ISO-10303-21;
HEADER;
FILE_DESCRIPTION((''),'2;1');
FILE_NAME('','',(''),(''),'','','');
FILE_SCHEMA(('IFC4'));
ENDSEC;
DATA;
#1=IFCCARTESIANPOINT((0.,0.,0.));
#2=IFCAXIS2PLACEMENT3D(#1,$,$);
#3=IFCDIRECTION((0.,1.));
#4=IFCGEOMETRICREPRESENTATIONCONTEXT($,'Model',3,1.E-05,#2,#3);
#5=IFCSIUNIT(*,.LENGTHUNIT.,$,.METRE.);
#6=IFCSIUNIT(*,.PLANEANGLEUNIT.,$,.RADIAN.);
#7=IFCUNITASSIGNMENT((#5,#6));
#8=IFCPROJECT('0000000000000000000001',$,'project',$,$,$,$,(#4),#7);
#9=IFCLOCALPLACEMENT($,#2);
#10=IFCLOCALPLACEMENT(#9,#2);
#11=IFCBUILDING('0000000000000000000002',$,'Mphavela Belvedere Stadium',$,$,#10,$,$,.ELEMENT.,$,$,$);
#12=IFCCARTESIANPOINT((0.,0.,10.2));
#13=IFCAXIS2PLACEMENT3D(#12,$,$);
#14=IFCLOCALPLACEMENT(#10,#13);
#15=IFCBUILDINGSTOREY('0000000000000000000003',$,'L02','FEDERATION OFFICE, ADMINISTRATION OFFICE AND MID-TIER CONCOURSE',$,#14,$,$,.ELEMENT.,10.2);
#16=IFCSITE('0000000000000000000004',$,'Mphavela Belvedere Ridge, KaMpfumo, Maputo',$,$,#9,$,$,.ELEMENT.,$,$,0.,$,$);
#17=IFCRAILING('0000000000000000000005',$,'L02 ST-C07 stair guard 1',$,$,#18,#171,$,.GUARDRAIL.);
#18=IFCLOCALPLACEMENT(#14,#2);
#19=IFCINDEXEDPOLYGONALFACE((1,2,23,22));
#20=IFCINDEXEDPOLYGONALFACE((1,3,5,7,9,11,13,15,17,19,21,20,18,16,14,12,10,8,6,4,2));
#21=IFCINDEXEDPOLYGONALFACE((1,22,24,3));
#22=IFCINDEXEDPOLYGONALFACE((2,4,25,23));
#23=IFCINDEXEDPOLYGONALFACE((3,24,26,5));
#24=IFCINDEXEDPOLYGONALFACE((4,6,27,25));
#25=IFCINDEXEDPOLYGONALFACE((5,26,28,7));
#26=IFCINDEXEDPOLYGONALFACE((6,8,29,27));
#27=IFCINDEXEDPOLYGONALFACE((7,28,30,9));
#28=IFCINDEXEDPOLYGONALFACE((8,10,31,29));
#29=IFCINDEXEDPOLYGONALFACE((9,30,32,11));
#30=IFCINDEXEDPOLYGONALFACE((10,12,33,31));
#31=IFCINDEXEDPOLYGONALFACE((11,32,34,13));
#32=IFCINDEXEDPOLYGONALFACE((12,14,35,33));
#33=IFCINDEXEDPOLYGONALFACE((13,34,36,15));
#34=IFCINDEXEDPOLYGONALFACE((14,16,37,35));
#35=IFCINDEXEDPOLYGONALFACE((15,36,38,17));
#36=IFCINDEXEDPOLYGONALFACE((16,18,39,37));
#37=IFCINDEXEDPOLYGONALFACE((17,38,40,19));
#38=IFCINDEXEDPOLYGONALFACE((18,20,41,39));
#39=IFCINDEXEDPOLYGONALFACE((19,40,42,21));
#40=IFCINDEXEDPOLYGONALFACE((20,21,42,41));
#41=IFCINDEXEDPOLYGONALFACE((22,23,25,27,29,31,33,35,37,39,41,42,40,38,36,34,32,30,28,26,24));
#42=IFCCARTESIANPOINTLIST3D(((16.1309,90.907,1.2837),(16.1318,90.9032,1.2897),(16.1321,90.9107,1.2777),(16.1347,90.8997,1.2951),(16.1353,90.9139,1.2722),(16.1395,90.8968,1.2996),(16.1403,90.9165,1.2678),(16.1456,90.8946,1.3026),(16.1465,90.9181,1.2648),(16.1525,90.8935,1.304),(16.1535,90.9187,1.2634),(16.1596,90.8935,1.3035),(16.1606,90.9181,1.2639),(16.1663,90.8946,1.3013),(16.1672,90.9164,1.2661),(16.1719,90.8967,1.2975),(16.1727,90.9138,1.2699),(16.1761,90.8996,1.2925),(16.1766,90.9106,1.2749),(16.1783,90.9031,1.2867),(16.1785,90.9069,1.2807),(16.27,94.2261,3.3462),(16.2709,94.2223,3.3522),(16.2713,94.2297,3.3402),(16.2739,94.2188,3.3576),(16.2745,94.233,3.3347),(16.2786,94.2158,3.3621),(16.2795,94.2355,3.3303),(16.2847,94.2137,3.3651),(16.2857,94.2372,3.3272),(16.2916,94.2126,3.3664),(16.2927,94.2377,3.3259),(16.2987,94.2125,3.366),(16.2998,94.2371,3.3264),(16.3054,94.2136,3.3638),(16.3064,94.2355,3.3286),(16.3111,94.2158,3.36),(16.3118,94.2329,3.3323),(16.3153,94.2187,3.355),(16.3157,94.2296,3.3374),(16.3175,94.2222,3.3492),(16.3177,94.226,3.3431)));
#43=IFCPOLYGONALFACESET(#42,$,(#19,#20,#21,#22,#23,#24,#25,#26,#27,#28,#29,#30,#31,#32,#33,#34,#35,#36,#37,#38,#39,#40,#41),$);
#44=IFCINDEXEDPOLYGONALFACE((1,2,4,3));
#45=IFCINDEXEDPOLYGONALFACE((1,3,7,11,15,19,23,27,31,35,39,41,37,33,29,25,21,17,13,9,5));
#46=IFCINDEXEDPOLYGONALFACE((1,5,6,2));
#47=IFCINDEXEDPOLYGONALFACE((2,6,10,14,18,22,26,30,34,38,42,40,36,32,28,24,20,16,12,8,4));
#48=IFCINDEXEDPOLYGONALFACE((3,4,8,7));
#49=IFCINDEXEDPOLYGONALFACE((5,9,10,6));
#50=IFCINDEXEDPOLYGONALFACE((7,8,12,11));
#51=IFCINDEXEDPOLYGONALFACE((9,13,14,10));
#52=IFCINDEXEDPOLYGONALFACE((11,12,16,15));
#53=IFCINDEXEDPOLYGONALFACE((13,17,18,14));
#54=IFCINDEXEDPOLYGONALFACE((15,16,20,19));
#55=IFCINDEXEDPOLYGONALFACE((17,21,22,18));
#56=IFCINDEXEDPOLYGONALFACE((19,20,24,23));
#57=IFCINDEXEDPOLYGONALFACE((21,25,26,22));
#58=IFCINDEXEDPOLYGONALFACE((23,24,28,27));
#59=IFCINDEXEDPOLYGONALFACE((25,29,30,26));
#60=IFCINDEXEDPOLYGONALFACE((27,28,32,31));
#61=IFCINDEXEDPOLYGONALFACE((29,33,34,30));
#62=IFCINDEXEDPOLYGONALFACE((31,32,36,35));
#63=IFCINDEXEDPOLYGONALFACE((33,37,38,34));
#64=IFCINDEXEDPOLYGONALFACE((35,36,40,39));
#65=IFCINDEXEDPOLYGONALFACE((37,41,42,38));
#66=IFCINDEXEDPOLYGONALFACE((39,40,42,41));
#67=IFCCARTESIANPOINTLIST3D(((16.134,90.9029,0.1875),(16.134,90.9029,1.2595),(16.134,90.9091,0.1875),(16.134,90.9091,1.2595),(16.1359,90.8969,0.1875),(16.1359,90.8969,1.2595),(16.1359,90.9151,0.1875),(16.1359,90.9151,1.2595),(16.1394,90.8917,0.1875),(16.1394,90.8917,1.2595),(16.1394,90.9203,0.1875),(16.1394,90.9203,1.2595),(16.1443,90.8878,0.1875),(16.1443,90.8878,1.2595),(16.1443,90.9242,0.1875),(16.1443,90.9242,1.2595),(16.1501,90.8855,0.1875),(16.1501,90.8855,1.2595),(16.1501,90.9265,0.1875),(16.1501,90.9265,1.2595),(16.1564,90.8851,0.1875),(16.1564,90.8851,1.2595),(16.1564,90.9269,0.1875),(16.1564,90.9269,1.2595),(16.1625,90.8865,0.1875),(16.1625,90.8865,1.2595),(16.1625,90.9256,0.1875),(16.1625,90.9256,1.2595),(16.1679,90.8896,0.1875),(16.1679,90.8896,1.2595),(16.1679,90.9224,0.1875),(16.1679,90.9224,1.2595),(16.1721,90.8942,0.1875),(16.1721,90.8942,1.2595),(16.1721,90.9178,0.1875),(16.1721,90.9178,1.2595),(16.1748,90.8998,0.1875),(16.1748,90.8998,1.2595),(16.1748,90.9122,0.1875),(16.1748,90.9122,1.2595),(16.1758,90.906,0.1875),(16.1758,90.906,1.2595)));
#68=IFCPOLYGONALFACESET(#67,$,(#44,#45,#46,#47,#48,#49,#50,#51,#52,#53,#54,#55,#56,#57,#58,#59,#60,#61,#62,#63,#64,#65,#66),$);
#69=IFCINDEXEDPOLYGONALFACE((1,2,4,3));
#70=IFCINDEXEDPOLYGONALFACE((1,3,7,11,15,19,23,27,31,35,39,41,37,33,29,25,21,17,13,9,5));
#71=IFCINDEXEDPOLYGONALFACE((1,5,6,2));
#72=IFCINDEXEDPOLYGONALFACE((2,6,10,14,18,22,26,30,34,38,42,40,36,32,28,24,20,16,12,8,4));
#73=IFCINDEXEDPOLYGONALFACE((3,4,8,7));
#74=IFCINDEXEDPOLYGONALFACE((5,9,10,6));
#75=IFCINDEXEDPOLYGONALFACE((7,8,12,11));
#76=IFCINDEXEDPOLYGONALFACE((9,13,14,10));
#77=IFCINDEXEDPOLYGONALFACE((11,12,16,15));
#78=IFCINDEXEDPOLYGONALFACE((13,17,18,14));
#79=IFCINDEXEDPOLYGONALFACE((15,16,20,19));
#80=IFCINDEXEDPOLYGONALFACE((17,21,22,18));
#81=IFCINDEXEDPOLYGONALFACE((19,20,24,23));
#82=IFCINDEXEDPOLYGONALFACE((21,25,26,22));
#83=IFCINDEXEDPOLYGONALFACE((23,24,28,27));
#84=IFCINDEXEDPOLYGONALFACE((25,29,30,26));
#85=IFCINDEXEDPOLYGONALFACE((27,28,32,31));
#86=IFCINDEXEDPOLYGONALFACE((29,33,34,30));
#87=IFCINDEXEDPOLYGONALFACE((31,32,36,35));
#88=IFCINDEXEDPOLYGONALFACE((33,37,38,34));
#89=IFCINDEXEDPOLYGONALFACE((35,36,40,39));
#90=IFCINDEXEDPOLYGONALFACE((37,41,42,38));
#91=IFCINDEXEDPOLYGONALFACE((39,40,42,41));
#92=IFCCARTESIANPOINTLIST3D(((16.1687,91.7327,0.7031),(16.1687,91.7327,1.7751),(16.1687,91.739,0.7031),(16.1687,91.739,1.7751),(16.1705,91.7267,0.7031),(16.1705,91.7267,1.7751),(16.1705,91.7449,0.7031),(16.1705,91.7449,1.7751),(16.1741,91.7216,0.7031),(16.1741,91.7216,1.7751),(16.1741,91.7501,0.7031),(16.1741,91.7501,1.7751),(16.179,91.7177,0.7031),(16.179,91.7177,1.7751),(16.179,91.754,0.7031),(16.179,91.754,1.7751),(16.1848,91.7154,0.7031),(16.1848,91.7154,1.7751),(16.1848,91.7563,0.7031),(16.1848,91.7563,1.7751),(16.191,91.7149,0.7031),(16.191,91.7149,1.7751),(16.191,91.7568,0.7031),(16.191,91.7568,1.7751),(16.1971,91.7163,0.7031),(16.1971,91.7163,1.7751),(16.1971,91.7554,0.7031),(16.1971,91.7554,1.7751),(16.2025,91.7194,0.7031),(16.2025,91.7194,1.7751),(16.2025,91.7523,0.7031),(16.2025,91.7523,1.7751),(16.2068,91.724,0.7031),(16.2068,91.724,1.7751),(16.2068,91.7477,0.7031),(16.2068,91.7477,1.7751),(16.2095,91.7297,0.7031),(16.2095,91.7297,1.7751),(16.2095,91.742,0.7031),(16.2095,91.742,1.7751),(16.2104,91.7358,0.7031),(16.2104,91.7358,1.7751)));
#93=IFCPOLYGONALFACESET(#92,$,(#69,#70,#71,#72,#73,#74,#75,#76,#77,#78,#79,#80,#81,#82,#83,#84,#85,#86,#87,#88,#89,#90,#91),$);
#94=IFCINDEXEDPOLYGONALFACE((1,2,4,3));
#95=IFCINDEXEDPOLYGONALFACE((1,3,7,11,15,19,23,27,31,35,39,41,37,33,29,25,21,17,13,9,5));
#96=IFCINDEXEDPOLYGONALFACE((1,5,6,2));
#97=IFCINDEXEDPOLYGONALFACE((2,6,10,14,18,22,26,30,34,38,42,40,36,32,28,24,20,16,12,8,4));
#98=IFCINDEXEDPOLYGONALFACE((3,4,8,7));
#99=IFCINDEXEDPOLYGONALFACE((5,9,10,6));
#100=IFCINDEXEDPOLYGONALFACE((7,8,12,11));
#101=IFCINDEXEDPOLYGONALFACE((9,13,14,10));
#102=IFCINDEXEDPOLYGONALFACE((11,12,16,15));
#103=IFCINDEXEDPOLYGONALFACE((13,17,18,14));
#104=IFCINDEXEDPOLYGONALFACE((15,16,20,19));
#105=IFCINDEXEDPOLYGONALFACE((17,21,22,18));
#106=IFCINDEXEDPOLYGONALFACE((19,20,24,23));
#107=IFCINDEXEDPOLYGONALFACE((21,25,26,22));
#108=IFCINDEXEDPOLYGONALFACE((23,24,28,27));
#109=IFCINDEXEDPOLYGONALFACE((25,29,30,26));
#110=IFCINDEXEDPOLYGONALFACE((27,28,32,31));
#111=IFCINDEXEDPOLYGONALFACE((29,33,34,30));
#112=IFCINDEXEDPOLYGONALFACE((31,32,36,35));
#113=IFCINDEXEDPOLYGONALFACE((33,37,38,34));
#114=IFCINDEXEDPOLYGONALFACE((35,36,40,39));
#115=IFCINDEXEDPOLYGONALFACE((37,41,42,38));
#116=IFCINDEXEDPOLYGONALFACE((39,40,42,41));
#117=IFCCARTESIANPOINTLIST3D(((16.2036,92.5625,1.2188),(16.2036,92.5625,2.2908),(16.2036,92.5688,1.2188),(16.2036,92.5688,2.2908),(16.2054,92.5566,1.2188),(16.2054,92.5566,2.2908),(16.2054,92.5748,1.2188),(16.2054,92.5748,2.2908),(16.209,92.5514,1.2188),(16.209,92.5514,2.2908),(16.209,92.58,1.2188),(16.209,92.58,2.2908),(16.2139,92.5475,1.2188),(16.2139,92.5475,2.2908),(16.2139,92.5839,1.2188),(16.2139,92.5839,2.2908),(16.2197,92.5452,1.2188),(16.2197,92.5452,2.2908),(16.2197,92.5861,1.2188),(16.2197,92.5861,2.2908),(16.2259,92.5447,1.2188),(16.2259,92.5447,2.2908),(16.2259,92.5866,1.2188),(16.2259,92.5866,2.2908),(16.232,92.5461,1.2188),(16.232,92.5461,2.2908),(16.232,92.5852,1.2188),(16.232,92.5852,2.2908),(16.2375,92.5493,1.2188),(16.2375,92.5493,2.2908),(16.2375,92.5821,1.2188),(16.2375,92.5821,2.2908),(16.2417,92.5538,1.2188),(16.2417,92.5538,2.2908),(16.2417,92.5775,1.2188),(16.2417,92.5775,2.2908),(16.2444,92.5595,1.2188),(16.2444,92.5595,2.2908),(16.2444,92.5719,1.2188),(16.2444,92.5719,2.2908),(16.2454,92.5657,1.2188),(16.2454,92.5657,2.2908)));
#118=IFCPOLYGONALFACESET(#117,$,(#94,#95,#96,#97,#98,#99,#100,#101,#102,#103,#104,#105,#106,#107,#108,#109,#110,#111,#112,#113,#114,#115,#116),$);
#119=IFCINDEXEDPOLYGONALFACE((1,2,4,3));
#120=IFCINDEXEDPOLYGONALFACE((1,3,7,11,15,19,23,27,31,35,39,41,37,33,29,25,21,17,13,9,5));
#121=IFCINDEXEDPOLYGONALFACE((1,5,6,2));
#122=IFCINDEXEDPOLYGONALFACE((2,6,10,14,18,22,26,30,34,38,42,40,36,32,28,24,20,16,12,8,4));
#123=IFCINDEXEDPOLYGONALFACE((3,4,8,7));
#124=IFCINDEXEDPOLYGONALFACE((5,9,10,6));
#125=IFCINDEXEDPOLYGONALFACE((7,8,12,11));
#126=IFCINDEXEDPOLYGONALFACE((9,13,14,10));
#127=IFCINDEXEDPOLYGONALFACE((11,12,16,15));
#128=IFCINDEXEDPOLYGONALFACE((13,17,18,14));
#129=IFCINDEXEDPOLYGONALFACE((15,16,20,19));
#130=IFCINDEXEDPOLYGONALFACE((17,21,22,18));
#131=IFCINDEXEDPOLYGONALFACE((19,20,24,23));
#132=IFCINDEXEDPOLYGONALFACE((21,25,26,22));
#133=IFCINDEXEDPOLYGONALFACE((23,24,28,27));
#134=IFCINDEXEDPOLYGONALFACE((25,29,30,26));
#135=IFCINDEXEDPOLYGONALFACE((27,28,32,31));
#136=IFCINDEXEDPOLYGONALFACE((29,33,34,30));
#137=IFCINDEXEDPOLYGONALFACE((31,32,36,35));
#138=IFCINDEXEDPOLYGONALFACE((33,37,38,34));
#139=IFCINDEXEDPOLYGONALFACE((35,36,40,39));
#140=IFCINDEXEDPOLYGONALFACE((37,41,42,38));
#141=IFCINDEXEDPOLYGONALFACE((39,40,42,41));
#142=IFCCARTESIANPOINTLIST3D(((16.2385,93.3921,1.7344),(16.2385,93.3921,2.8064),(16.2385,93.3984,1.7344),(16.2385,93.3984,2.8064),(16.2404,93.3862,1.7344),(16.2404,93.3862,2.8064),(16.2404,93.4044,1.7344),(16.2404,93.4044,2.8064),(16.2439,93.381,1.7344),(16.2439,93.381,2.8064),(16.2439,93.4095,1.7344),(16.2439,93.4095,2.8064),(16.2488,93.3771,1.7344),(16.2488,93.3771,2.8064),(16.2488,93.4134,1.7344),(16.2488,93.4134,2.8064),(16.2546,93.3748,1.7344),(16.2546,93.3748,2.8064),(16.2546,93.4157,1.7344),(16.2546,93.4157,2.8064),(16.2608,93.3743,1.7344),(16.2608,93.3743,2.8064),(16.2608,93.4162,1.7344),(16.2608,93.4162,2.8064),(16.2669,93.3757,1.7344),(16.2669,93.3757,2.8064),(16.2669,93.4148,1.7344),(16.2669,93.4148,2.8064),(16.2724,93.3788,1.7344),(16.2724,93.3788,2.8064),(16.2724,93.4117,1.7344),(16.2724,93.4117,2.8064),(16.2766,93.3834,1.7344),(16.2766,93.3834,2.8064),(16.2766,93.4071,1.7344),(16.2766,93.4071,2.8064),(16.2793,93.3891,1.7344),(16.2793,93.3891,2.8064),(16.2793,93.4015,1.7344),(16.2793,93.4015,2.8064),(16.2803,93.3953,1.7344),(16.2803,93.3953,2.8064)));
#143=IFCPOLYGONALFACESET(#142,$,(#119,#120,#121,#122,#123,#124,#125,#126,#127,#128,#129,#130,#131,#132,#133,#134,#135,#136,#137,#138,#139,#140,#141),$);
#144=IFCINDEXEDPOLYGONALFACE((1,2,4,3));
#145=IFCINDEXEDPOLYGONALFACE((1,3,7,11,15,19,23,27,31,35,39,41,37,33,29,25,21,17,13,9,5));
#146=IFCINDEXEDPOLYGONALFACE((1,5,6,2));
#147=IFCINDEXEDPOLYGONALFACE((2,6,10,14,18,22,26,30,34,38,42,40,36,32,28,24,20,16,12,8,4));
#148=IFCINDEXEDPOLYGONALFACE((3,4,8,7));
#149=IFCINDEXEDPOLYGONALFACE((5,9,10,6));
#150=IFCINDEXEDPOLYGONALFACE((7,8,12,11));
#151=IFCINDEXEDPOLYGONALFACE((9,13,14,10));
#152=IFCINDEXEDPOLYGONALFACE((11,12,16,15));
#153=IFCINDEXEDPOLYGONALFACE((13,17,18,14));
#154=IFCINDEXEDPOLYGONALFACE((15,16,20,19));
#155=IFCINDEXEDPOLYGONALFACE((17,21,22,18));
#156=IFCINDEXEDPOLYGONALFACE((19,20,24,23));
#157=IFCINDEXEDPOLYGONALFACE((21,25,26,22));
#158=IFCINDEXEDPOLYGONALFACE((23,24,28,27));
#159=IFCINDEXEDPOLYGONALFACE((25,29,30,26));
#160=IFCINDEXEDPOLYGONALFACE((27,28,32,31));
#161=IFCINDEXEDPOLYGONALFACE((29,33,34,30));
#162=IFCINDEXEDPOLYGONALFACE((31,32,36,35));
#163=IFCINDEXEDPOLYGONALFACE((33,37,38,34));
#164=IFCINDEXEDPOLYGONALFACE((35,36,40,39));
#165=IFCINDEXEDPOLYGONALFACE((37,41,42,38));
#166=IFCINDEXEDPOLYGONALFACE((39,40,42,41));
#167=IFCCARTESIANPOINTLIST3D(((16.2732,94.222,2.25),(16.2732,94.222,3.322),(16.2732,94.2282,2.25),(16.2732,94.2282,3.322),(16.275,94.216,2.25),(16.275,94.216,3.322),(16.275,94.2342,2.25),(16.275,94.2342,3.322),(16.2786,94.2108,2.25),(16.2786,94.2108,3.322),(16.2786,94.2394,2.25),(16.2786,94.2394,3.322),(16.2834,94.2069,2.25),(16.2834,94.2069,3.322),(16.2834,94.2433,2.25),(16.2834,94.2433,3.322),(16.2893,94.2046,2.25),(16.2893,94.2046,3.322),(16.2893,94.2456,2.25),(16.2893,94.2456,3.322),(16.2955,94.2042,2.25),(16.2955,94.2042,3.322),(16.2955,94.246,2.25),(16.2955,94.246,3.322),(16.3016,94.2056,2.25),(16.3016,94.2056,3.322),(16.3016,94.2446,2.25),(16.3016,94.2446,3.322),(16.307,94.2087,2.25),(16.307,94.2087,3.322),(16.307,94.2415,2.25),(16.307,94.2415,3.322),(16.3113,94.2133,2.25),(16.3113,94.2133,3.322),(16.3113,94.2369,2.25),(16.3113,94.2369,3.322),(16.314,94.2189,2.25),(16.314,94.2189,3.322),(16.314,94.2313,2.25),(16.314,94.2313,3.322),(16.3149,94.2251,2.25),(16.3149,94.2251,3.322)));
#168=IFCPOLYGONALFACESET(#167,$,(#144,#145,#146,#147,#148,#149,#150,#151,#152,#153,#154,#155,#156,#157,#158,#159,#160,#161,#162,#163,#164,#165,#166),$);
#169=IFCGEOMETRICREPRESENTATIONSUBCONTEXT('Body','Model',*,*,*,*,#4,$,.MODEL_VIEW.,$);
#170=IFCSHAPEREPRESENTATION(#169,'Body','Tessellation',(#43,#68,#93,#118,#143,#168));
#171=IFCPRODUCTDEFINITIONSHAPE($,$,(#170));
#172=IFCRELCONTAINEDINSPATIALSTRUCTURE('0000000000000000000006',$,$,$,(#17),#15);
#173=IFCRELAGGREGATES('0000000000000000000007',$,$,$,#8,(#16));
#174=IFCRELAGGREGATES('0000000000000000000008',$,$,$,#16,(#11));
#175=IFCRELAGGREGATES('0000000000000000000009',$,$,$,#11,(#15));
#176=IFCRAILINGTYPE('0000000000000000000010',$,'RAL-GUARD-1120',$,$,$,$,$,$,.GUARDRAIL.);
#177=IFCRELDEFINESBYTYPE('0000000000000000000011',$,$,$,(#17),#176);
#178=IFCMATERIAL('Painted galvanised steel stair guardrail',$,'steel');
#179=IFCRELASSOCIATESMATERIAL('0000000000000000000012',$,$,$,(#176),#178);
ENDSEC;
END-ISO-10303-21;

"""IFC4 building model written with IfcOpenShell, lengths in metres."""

from ifc_helpers import new_model, si_unit, direction, frame, origin, origin_2d, place, context, subcontext, project, spatial, circle, extrude, material, type_object, element, save


model = new_model("IFC4")

# Units and contexts
model_context = context("Model", 3, precision=1e-05, world=origin(), true_north=direction((0.0, 1.0)))
body_context = subcontext(model_context, "Body", "Model", "MODEL_VIEW")
ifc_project = project(units=[si_unit("LENGTHUNIT", "METRE"), si_unit("PLANEANGLEUNIT", "RADIAN")], contexts=[model_context])

# Site, building, storey
site_placement = place(None, origin())
site = spatial("IfcSite", under=ifc_project, at=site_placement, Name="Mphavela Belvedere Ridge, KaMpfumo, Maputo", CompositionType="ELEMENT", RefElevation=0.0)
building_placement = place(site_placement, origin())
building = spatial("IfcBuilding", under=site, at=building_placement, Name="Mphavela Belvedere Stadium", CompositionType="ELEMENT")
storey_placement = place(building_placement, frame((0.0, 0.0, 10.2)))
storey = spatial("IfcBuildingStorey", under=building, at=storey_placement, Name="L02", Description="FEDERATION OFFICE, ADMINISTRATION OFFICE AND MID-TIER CONCOURSE", CompositionType="ELEMENT", Elevation=10.2)

# Railing
ifc_material_1 = material(Name="Painted galvanised steel stair guardrail", Category="steel")
railing_type_1 = type_object("IfcRailingType", Name="RAL-GUARD-1120", PredefinedType="GUARDRAIL", material=ifc_material_1)
railing_1_placement = place(storey_placement, frame((16.1548, 90.906, 0.1875)))
element("IfcRailing", 1, at=railing_1_placement, inside=storey, type_object=railing_type_1, Name="L02 ST-C07 stair guard 1", PredefinedType="GUARDRAIL", context=body_context, shape_type="SweptSolid", body=[
    extrude(circle(Radius=0.0239, at=origin_2d()), frame((0.0, 0.0, 1.0962), z_axis=(0.035589, 0.84883, 0.527467), x_axis=(-0.999122, 0.04189, 0.0)), (0.0, 0.0, 1.0), 3.9102),
    extrude(circle(Radius=0.021, at=origin_2d()), origin(), (0.0, 0.0, 1.0), 1.072),
    extrude(circle(Radius=0.021, at=origin_2d()), frame((0.0347, 0.8298, 0.5156)), (0.0, 0.0, 1.0), 1.072),
    extrude(circle(Radius=0.021, at=origin_2d()), frame((0.0696, 1.6597, 1.0312)), (0.0, 0.0, 1.0), 1.072),
    extrude(circle(Radius=0.021, at=origin_2d()), frame((0.1045, 2.4893, 1.5469)), (0.0, 0.0, 1.0), 1.072),
    extrude(circle(Radius=0.021, at=origin_2d()), frame((0.1392, 3.3191, 2.0625)), (0.0, 0.0, 1.0), 1.072),
])

save(model, "model.ifc")
